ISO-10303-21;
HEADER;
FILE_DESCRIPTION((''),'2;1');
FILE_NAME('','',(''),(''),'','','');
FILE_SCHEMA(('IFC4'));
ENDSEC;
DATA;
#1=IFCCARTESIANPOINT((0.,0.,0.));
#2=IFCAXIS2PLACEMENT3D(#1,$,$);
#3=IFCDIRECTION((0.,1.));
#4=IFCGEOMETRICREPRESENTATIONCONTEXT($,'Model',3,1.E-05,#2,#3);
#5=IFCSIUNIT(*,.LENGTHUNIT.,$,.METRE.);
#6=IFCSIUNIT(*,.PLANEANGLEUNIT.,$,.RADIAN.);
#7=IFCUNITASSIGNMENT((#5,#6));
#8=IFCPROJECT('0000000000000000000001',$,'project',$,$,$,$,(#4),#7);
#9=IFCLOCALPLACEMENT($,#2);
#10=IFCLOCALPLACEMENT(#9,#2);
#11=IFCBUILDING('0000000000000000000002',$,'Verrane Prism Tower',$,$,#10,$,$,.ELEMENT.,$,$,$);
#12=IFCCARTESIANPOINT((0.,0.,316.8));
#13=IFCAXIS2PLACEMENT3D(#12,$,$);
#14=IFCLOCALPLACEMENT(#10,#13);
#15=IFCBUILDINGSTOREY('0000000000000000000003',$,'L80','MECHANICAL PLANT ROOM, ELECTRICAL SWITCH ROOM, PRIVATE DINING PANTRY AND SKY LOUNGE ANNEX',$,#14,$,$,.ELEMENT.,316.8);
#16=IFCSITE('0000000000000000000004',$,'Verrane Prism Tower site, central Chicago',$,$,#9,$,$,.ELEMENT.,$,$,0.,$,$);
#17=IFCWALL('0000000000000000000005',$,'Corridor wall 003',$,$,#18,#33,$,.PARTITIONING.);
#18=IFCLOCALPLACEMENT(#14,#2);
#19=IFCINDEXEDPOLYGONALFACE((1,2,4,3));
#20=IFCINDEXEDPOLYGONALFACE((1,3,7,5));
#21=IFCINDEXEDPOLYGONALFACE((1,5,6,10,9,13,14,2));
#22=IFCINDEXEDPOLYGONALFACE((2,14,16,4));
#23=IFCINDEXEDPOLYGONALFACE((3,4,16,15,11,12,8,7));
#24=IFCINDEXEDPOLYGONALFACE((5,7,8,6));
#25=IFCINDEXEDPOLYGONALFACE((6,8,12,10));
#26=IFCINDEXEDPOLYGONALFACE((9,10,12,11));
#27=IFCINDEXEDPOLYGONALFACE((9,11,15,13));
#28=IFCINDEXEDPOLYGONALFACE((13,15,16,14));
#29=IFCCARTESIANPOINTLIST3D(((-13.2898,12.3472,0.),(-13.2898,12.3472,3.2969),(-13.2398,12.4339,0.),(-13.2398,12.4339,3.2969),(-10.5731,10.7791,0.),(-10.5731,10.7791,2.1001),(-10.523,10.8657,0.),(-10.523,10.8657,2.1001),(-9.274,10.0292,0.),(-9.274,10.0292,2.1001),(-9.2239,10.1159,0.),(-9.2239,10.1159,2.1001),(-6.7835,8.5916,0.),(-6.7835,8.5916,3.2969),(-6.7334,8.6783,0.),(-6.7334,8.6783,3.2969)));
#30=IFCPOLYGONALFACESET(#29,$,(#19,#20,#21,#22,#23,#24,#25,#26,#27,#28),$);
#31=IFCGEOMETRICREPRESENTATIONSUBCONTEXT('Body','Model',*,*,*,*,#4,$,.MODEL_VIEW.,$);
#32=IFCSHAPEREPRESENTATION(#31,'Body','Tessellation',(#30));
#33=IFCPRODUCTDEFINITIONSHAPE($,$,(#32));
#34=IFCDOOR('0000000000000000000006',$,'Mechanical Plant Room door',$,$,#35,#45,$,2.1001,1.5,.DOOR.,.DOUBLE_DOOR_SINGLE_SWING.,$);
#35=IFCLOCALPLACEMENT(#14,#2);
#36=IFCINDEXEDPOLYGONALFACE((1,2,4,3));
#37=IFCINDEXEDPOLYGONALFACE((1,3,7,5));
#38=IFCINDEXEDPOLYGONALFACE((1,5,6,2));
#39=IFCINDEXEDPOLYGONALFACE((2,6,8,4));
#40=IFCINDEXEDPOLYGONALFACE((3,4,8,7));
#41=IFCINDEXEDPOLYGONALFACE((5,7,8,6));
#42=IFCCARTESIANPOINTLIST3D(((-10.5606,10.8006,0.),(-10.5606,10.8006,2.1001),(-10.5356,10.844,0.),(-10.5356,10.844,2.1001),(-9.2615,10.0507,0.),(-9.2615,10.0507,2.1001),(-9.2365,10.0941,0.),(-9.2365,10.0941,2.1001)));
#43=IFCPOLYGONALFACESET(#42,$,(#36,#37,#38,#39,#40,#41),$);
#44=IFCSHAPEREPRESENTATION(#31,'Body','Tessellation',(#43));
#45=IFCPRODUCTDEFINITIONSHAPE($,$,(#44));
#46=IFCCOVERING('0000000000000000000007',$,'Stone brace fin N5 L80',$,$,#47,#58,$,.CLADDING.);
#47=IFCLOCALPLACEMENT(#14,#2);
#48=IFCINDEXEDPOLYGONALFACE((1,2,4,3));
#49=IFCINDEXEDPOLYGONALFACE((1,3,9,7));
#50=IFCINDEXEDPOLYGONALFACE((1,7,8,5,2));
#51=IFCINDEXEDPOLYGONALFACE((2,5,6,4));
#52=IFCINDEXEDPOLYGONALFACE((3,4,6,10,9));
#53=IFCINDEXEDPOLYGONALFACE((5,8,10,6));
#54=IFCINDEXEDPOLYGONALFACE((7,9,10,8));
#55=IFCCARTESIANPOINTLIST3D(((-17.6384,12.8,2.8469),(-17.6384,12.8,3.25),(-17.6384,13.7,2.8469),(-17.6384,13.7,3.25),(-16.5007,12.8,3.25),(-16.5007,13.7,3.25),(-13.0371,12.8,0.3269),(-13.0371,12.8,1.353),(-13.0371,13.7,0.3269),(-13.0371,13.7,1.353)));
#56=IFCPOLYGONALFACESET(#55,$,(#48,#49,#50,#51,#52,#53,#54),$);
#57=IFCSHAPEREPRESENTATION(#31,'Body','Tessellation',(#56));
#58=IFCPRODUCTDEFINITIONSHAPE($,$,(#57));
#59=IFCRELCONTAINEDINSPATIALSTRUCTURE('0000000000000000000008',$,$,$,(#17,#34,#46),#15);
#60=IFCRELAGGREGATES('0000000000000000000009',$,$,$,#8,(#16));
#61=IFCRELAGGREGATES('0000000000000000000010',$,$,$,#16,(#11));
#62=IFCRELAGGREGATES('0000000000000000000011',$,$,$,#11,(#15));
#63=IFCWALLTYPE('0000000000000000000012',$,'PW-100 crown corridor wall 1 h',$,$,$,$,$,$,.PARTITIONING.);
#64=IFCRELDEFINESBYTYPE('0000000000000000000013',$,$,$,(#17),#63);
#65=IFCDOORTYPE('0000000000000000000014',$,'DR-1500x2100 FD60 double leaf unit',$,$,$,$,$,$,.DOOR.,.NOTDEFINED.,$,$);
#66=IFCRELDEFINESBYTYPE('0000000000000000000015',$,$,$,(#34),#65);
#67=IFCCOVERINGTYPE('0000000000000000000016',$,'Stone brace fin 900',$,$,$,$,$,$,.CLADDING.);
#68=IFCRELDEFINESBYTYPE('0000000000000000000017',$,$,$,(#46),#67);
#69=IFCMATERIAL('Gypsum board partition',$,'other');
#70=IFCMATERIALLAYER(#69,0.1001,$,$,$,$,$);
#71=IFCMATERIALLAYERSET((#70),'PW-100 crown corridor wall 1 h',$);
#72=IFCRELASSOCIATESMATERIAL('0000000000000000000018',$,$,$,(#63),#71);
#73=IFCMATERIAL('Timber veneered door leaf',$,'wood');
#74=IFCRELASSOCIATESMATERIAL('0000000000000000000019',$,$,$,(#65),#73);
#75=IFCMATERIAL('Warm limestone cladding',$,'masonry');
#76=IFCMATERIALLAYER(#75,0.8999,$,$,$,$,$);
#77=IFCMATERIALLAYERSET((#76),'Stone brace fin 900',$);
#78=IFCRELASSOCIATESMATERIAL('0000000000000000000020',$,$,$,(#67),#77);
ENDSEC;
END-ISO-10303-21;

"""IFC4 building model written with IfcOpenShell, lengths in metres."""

from ifc_helpers import new_model, si_unit, direction, frame, frame_2d, origin, place, context, subcontext, project, spatial, polyline, rectangle, outline, extrude, material, layer, layer_set, type_object, element, fill, save


model = new_model("IFC4")

# Units and contexts
model_context = context("Model", 3, precision=1e-05, world=origin(), true_north=direction((0.0, 1.0)))
body_context = subcontext(model_context, "Body", "Model", "MODEL_VIEW")
ifc_project = project(units=[si_unit("LENGTHUNIT", "METRE"), si_unit("PLANEANGLEUNIT", "RADIAN")], contexts=[model_context])

# Site, building, storey
site_placement = place(None, origin())
site = spatial("IfcSite", under=ifc_project, at=site_placement, Name="Verrane Prism Tower site, central Chicago", CompositionType="ELEMENT", RefElevation=0.0)
building_placement = place(site_placement, origin())
building = spatial("IfcBuilding", under=site, at=building_placement, Name="Verrane Prism Tower", CompositionType="ELEMENT")
storey_placement = place(building_placement, frame((0.0, 0.0, 316.8)))
storey = spatial("IfcBuildingStorey", under=building, at=storey_placement, Name="L80", Description="MECHANICAL PLANT ROOM, ELECTRICAL SWITCH ROOM, PRIVATE DINING PANTRY AND SKY LOUNGE ANNEX", CompositionType="ELEMENT", Elevation=316.8)

# Wall, opening, door
ifc_material_1 = material(Name="Gypsum board partition", Category="other")
ifc_layer_1 = layer(ifc_material_1, 0.1001)
ifc_layer_set_1 = layer_set([ifc_layer_1], Name="PW-100 crown corridor wall 1 h")
wall_type = type_object("IfcWallType", Name="PW-100 crown corridor wall 1 h", PredefinedType="PARTITIONING", material=ifc_layer_set_1)
wall_placement = place(storey_placement, frame((-13.2649, 12.3906, 0.0), z_axis=(0.0, 0.0, 1.0), x_axis=(0.866073, -0.499918, 0.0)))
wall = element("IfcWall", 1, at=wall_placement, inside=storey, type_object=wall_type, Name="Corridor wall 003", PredefinedType="PARTITIONING", context=body_context, shape_type="SweptSolid", body=[
    extrude(rectangle(XDim=7.5125, YDim=0.1001, at=frame_2d((3.7563, 0.0))), origin(), (0.0, 0.0, 1.0), 3.2969),
])
opening_placement = place(wall_placement, frame((3.137, 0.0, 0.0)))
opening = element("IfcOpeningElement", 2, at=opening_placement, cuts=wall, PredefinedType="OPENING", context=body_context, shape_type="SweptSolid", body=[
    extrude(rectangle(XDim=1.5, YDim=2.1001, at=frame_2d((0.75, 1.05))), frame((0.0, 0.0601, 0.0), z_axis=(0.0, -1.0, 0.0), x_axis=(1.0, 0.0, 0.0)), (0.0, 0.0, 1.0), 0.1201),
])
ifc_material_2 = material(Name="Timber veneered door leaf", Category="wood")
door_type = type_object("IfcDoorType", Name="DR-1500x2100 FD60 double leaf unit", OperationType="NOTDEFINED", PredefinedType="DOOR", material=ifc_material_2)
door_placement = place(opening_placement, origin())
door = element("IfcDoor", 3, at=door_placement, inside=storey, type_object=door_type, Name="Mechanical Plant Room door", OperationType="DOUBLE_DOOR_SINGLE_SWING", OverallHeight=2.1001, OverallWidth=1.5, PredefinedType="DOOR", context=body_context, shape_type="SweptSolid", body=[
    extrude(rectangle(XDim=1.5, YDim=2.1001, at=frame_2d((0.75, 1.05))), frame((0.0, 0.0249, 0.0), z_axis=(0.0, -1.0, 0.0), x_axis=(1.0, 0.0, 0.0)), (0.0, 0.0, 1.0), 0.05),
])
fill(opening, door)

# Covering
ifc_material_3 = material(Name="Warm limestone cladding", Category="masonry")
ifc_layer_2 = layer(ifc_material_3, 0.8999)
ifc_layer_set_2 = layer_set([ifc_layer_2], Name="Stone brace fin 900")
covering_type = type_object("IfcCoveringType", Name="Stone brace fin 900", PredefinedType="CLADDING", material=ifc_layer_set_2)
covering_placement = place(storey_placement, frame((-13.0371, 13.25, 0.3269), z_axis=(0.0, 0.0, 1.0), x_axis=(-1.0, 0.0, 0.0)))
element("IfcCovering", 4, at=covering_placement, inside=storey, type_object=covering_type, Name="Stone brace fin N5 L80", PredefinedType="CLADDING", context=body_context, shape_type="SweptSolid", body=[
    extrude(outline(polyline([(4.6013, 2.9231), (3.4636, 2.9231), (0.0, 1.0261), (0.0, 0.0), (4.6013, 2.52), (4.6013, 2.9231)])), frame((0.0, 0.45, 0.0), z_axis=(0.0, -1.0, 0.0), x_axis=(1.0, 0.0, 0.0)), (0.0, 0.0, 1.0), 0.8999),
])

save(model, "model.ifc")
